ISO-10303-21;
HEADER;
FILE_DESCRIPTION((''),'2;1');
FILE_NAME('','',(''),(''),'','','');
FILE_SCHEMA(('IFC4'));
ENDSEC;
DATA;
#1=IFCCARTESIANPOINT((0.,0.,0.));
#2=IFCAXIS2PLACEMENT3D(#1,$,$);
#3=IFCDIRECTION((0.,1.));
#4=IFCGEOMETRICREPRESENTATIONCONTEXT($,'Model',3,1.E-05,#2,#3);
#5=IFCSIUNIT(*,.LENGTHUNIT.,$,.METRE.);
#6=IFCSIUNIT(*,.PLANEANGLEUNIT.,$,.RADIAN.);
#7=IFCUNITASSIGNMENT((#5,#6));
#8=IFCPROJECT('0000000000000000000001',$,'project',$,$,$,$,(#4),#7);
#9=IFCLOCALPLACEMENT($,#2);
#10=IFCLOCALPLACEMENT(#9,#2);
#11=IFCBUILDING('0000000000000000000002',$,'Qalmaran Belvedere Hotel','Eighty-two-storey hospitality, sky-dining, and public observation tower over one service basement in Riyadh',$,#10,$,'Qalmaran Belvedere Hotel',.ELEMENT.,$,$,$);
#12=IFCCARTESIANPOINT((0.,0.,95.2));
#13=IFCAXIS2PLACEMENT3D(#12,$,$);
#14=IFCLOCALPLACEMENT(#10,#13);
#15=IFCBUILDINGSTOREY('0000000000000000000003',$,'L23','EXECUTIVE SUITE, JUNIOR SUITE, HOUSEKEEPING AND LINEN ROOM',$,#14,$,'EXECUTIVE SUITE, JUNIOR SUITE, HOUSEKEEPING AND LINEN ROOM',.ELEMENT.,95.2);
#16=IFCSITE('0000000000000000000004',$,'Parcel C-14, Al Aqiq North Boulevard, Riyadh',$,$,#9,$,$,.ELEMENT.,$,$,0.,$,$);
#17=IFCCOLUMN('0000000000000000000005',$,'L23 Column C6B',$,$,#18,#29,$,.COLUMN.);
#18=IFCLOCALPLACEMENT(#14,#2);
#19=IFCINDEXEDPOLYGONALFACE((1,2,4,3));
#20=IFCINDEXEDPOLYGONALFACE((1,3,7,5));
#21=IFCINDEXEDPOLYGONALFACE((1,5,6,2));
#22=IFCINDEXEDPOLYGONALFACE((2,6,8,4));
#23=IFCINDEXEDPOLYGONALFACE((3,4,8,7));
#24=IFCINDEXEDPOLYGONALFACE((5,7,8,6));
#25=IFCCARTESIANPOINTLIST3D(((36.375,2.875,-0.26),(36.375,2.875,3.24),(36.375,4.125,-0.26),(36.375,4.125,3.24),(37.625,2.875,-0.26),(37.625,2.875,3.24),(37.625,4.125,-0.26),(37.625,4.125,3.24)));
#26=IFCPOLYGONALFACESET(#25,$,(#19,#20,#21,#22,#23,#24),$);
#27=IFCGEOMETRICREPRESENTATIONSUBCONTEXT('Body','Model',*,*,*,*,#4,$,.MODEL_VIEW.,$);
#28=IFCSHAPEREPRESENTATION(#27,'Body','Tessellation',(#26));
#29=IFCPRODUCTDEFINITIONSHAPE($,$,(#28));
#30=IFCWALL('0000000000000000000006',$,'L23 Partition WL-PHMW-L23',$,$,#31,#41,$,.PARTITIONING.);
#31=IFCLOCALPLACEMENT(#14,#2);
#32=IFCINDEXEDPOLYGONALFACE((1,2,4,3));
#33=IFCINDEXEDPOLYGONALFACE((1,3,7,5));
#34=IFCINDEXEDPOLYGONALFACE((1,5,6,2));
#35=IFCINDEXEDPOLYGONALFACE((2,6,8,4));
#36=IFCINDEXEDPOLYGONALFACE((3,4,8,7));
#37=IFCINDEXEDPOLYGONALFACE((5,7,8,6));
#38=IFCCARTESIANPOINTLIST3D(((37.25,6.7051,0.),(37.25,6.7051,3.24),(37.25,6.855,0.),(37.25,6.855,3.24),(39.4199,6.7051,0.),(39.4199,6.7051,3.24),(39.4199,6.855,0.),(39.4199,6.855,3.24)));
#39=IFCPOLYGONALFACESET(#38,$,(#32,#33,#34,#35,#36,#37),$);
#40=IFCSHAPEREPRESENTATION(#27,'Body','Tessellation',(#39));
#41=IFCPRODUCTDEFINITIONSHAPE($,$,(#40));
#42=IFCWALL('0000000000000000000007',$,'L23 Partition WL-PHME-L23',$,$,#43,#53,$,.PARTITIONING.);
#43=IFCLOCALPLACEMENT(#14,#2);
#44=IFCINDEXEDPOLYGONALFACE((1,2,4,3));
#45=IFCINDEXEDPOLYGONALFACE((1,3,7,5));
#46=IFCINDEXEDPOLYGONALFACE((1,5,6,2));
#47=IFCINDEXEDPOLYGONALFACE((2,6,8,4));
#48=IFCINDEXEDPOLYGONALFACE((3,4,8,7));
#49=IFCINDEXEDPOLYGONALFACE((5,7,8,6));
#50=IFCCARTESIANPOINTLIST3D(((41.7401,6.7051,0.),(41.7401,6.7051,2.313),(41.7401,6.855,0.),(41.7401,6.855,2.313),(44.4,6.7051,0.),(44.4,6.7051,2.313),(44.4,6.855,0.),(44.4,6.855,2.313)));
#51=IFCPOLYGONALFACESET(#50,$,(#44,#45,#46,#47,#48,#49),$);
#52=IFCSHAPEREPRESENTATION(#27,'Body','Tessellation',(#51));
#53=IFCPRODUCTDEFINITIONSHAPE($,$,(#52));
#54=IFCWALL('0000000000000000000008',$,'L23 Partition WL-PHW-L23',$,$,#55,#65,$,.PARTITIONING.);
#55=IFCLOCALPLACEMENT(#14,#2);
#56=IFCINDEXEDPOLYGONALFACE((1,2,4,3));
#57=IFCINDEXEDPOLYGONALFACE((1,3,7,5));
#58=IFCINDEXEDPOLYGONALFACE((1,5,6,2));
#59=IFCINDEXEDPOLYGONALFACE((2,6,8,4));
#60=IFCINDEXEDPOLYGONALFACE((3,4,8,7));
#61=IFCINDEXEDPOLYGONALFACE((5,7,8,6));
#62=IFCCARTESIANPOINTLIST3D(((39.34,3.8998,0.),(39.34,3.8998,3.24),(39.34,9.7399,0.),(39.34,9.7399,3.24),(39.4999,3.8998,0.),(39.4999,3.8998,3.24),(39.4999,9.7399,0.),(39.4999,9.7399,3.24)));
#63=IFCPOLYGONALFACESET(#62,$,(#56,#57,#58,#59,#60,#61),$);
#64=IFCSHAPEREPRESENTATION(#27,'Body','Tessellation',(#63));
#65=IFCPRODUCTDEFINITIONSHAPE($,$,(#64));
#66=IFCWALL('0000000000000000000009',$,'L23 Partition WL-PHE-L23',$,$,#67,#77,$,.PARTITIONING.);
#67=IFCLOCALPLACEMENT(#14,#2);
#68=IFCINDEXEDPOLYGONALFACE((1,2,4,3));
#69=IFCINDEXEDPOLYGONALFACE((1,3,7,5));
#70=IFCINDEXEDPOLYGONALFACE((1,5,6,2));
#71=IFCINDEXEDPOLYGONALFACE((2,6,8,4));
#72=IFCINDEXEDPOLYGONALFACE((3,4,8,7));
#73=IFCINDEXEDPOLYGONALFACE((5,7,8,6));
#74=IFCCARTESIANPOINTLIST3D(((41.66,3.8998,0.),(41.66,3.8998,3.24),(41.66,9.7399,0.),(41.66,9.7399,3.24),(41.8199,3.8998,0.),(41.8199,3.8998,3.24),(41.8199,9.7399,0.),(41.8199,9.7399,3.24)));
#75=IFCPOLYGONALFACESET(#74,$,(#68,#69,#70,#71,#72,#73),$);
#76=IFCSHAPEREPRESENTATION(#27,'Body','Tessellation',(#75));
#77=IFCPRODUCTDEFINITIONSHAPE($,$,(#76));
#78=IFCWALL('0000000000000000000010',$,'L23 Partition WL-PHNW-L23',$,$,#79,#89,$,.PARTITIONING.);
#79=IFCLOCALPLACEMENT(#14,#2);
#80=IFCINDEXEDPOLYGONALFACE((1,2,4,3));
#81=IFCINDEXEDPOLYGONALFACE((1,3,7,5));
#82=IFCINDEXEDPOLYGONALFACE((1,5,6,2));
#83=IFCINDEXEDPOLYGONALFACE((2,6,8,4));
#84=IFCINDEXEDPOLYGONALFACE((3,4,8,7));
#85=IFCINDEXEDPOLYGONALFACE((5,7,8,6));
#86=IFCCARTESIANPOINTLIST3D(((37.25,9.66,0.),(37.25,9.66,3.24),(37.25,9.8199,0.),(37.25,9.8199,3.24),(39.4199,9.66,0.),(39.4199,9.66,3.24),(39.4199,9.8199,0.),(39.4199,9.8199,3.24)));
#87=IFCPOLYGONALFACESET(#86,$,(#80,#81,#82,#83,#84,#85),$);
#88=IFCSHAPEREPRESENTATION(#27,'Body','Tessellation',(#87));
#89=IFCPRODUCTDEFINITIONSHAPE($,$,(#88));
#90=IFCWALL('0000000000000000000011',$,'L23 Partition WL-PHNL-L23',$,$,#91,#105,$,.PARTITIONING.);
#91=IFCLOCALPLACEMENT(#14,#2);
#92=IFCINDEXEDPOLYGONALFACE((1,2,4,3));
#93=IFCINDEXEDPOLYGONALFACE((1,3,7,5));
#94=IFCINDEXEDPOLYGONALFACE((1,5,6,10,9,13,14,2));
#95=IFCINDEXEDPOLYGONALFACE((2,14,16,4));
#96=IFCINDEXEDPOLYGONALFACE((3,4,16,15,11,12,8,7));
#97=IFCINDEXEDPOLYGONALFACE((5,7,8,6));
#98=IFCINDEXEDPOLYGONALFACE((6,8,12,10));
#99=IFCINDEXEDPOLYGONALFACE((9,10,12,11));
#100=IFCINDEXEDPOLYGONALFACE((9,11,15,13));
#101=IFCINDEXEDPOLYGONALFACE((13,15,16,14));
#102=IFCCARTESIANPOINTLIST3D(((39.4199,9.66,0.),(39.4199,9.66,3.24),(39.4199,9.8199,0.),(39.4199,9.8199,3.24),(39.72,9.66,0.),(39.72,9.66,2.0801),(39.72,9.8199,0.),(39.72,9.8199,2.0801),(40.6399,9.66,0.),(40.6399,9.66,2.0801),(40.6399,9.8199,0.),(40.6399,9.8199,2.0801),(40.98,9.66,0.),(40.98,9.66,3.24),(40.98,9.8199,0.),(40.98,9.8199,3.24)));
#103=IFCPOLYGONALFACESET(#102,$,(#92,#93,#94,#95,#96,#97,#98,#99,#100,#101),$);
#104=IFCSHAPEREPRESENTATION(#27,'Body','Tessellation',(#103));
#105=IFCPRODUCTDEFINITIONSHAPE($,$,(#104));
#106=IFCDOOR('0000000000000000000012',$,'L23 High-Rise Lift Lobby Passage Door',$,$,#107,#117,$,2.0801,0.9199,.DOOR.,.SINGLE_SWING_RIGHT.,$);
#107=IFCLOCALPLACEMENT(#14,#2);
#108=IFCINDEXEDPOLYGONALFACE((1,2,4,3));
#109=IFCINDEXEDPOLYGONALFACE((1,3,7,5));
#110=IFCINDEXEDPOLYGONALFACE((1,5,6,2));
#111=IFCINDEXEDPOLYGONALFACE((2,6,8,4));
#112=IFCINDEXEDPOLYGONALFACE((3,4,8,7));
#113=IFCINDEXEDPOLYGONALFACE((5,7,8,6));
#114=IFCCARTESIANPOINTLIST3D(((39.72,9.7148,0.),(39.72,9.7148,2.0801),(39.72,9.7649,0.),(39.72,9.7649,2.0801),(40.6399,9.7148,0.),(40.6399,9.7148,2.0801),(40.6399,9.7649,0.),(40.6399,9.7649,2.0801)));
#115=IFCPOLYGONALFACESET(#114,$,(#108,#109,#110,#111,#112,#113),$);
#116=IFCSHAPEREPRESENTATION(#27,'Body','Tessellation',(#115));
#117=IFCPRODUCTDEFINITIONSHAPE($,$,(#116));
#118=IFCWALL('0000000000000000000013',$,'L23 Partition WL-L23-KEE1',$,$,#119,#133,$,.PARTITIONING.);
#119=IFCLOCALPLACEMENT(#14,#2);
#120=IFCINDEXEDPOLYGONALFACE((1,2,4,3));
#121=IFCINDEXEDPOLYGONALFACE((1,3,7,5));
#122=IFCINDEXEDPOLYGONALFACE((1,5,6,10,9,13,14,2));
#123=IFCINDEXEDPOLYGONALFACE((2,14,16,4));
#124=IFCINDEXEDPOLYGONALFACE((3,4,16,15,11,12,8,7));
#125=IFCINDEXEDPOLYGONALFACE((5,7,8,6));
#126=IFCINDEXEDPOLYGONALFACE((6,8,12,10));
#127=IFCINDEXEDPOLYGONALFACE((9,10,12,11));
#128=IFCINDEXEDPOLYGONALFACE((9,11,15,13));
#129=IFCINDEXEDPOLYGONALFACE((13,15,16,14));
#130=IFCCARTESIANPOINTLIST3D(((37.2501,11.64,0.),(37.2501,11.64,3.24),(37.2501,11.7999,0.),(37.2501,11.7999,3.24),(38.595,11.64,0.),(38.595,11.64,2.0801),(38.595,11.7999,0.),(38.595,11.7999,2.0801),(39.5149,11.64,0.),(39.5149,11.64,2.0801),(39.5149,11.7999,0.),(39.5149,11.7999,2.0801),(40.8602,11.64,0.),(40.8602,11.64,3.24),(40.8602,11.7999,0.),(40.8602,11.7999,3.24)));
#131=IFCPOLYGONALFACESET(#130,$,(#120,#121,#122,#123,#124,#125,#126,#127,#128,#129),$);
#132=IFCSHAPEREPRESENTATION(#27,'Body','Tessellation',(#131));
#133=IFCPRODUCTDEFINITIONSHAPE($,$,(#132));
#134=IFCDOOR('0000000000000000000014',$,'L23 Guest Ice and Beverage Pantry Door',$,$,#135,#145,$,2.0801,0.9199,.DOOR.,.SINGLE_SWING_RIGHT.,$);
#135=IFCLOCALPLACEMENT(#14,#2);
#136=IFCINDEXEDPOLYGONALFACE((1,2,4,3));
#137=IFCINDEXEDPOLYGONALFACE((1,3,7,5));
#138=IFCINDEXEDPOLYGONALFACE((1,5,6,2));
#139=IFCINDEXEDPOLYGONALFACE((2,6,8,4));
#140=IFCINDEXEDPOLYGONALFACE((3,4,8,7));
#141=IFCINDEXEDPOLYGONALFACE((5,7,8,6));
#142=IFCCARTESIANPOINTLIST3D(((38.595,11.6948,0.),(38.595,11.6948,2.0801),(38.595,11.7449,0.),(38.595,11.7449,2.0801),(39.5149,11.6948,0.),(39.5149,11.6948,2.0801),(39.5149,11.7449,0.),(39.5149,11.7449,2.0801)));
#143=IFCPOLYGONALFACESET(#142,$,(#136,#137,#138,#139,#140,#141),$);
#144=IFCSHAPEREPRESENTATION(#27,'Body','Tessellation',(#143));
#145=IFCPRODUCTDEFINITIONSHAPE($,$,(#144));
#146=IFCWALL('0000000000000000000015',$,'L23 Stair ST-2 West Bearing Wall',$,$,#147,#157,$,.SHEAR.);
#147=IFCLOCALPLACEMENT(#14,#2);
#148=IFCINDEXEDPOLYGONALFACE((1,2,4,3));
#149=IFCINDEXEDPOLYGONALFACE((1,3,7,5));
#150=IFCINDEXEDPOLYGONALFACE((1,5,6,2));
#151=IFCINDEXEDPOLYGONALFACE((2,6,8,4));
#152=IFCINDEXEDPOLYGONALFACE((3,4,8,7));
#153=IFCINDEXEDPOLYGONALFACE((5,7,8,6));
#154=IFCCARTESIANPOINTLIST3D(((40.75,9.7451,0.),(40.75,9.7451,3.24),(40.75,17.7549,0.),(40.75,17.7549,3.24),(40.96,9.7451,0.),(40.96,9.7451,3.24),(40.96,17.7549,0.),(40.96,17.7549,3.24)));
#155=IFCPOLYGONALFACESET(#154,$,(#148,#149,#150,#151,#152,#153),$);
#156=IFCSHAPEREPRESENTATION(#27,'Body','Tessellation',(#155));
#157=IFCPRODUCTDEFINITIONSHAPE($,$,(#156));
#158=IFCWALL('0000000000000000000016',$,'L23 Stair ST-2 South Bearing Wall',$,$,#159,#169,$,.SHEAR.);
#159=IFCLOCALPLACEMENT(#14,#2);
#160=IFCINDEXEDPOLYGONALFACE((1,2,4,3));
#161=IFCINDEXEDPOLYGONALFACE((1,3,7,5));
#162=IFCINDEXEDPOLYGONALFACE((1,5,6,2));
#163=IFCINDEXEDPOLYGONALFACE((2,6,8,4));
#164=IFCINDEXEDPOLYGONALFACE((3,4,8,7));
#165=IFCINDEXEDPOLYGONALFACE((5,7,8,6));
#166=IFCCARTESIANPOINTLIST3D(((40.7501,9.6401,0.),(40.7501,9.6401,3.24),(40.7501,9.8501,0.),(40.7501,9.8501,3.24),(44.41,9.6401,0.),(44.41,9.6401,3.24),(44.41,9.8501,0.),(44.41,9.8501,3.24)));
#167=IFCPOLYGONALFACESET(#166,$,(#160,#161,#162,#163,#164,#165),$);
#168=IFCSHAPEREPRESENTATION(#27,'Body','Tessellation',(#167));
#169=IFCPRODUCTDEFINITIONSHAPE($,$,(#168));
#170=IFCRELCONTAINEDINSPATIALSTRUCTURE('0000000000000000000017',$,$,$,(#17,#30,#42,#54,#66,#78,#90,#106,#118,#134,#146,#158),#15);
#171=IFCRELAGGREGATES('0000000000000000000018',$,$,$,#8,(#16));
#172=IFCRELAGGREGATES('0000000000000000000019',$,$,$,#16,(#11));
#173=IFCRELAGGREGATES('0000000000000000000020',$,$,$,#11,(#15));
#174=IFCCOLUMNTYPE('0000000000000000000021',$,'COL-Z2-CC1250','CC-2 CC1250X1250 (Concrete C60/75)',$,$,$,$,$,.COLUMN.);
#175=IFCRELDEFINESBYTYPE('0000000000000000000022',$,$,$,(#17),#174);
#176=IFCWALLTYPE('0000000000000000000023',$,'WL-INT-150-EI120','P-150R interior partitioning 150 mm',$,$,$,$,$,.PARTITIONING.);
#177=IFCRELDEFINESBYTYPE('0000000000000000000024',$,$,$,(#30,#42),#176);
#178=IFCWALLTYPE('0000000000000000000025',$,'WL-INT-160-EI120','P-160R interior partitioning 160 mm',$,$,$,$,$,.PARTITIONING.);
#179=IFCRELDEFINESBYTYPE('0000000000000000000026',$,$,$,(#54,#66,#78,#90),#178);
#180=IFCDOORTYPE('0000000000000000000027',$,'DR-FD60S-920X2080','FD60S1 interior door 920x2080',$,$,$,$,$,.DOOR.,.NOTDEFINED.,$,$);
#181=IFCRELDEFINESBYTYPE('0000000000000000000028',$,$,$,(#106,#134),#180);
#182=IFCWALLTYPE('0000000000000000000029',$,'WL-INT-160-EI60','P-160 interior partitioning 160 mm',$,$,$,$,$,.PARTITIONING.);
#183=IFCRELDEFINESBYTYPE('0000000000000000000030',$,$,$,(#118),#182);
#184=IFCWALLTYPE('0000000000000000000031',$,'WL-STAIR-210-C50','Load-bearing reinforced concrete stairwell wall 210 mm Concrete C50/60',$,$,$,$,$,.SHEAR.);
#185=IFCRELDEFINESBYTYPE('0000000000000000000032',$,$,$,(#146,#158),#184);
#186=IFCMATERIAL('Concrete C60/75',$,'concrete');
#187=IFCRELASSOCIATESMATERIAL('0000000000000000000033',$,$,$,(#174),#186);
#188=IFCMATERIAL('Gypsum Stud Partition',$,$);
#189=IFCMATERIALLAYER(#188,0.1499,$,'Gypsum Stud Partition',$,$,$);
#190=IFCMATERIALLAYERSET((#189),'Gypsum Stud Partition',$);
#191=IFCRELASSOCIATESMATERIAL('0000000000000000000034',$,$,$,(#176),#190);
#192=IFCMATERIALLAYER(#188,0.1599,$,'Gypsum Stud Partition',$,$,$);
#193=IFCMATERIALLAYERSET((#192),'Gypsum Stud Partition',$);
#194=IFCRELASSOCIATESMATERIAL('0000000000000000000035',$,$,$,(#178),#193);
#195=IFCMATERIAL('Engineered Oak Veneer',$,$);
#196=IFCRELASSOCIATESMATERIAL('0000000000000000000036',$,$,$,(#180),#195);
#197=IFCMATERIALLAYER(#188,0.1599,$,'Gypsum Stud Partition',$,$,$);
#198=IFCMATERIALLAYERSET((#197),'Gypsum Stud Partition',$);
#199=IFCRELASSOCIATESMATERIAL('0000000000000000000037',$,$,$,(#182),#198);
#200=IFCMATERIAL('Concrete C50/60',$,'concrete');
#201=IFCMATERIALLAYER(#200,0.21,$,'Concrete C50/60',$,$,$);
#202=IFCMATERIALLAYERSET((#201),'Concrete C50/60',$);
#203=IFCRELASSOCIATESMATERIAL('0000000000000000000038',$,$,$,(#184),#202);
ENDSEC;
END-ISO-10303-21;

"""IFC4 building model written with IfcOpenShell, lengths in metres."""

from ifc_helpers import new_model, si_unit, direction, frame, frame_2d, origin, origin_2d, place, context, subcontext, project, spatial, rectangle, extrude, material, layer, layer_set, material_profile, profile_set, type_object, element, fill, save


model = new_model("IFC4")

# Units and contexts
model_context = context("Model", 3, precision=1e-05, world=origin(), true_north=direction((0.0, 1.0)))
body_context = subcontext(model_context, "Body", "Model", "MODEL_VIEW")
ifc_project = project(units=[si_unit("LENGTHUNIT", "METRE"), si_unit("PLANEANGLEUNIT", "RADIAN")], contexts=[model_context])

# Site, building, storey
site_placement = place(None, origin())
site = spatial("IfcSite", under=ifc_project, at=site_placement, Name="Parcel C-14, Al Aqiq North Boulevard, Riyadh", CompositionType="ELEMENT", RefElevation=0.0)
building_placement = place(site_placement, origin())
building = spatial("IfcBuilding", under=site, at=building_placement, Name="Qalmaran Belvedere Hotel", Description="Eighty-two-storey hospitality, sky-dining, and public observation tower over one service basement in Riyadh", LongName="Qalmaran Belvedere Hotel", CompositionType="ELEMENT")
storey_placement = place(building_placement, frame((0.0, 0.0, 95.2)))
storey = spatial("IfcBuildingStorey", under=building, at=storey_placement, Name="L23", Description="EXECUTIVE SUITE, JUNIOR SUITE, HOUSEKEEPING AND LINEN ROOM", LongName="EXECUTIVE SUITE, JUNIOR SUITE, HOUSEKEEPING AND LINEN ROOM", CompositionType="ELEMENT", Elevation=95.2)

# Column
ifc_material_1 = material(Name="Concrete C60/75", Category="concrete")
ifc_material_profile = material_profile(ifc_material_1, rectangle(XDim=1.25, YDim=1.25, at=origin_2d()), Name="CC1250X1250")
ifc_profile_set = profile_set([ifc_material_profile], Name="Concrete C60/75")
column_type = type_object("IfcColumnType", Name="COL-Z2-CC1250", Description="CC-2 CC1250X1250 (Concrete C60/75)", PredefinedType="COLUMN", material=ifc_profile_set)
column_placement = place(storey_placement, frame((37.0, 3.5, -0.26), z_axis=(0.0, 0.0, 1.0), x_axis=(1.0, 0.0, 0.0)))
element("IfcColumn", 1, at=column_placement, inside=storey, type_object=column_type, Name="L23 Column C6B", PredefinedType="COLUMN", context=body_context, shape_type="SweptSolid", body=[
    extrude(rectangle(XDim=1.25, YDim=1.25, at=origin_2d()), origin(), (0.0, 0.0, 1.0), 3.5),
])

# Walls
ifc_material_2 = material(Name="Gypsum Stud Partition")
ifc_layer_1 = layer(ifc_material_2, 0.1499, Name="Gypsum Stud Partition")
ifc_layer_set_1 = layer_set([ifc_layer_1], Name="Gypsum Stud Partition")
wall_type_1 = type_object("IfcWallType", Name="WL-INT-150-EI120", Description="P-150R interior partitioning 150 mm", PredefinedType="PARTITIONING", material=ifc_layer_set_1)
wall_1_placement = place(storey_placement, frame((37.25, 6.78, 0.0), z_axis=(0.0, 0.0, 1.0), x_axis=(1.0, 0.0, 0.0)))
element("IfcWall", 2, at=wall_1_placement, inside=storey, type_object=wall_type_1, Name="L23 Partition WL-PHMW-L23", PredefinedType="PARTITIONING", context=body_context, shape_type="SweptSolid", body=[
    extrude(rectangle(XDim=2.1699, YDim=0.1499, at=frame_2d((1.085, 0.0))), origin(), (0.0, 0.0, 1.0), 3.24),
])
wall_2_placement = place(storey_placement, frame((41.74, 6.78, 0.0), z_axis=(0.0, 0.0, 1.0), x_axis=(1.0, 0.0, 0.0)))
element("IfcWall", 3, at=wall_2_placement, inside=storey, type_object=wall_type_1, Name="L23 Partition WL-PHME-L23", PredefinedType="PARTITIONING", context=body_context, shape_type="SweptSolid", body=[
    extrude(rectangle(XDim=2.6599, YDim=0.1499, at=frame_2d((1.3301, 0.0))), origin(), (0.0, 0.0, 1.0), 2.313),
])
ifc_layer_2 = layer(ifc_material_2, 0.1599, Name="Gypsum Stud Partition")
ifc_layer_set_2 = layer_set([ifc_layer_2], Name="Gypsum Stud Partition")
wall_type_2 = type_object("IfcWallType", Name="WL-INT-160-EI120", Description="P-160R interior partitioning 160 mm", PredefinedType="PARTITIONING", material=ifc_layer_set_2)
for number, where, z_axis, x_axis, name in (
    (4, (39.4199, 3.8999, 0.0), (0.0, 0.0, 1.0), (0.0, 1.0, 0.0), "L23 Partition WL-PHW-L23"),
    (5, (41.74, 3.8999, 0.0), (0.0, 0.0, 1.0), (0.0, 1.0, 0.0), "L23 Partition WL-PHE-L23"),
):
    element("IfcWall", number, at=place(storey_placement, frame(where, z_axis=z_axis, x_axis=x_axis)), inside=storey, type_object=wall_type_2, Name=name, PredefinedType="PARTITIONING", context=body_context, shape_type="SweptSolid", body=[
        extrude(rectangle(XDim=5.8401, YDim=0.1599, at=frame_2d((2.9199, 0.0))), origin(), (0.0, 0.0, 1.0), 3.24),
    ])
wall_3_placement = place(storey_placement, frame((37.25, 9.74, 0.0), z_axis=(0.0, 0.0, 1.0), x_axis=(1.0, 0.0, 0.0)))
element("IfcWall", 6, at=wall_3_placement, inside=storey, type_object=wall_type_2, Name="L23 Partition WL-PHNW-L23", PredefinedType="PARTITIONING", context=body_context, shape_type="SweptSolid", body=[
    extrude(rectangle(XDim=2.1699, YDim=0.1599, at=frame_2d((1.085, 0.0))), origin(), (0.0, 0.0, 1.0), 3.24),
])

# Walls, openings, doors
wall_4_placement = place(storey_placement, frame((39.4199, 9.74, 0.0), z_axis=(0.0, 0.0, 1.0), x_axis=(1.0, 0.0, 0.0)))
wall_4 = element("IfcWall", 7, at=wall_4_placement, inside=storey, type_object=wall_type_2, Name="L23 Partition WL-PHNL-L23", PredefinedType="PARTITIONING", context=body_context, shape_type="SweptSolid", body=[
    extrude(rectangle(XDim=1.5601, YDim=0.1599, at=frame_2d((0.78, 0.0))), origin(), (0.0, 0.0, 1.0), 3.24),
])
opening_1_placement = place(wall_4_placement, frame((0.3, 0.0, 0.0)))
opening_1 = element("IfcOpeningElement", 8, at=opening_1_placement, cuts=wall_4, PredefinedType="OPENING", context=body_context, shape_type="SweptSolid", body=[
    extrude(rectangle(XDim=0.9199, YDim=2.0801, at=frame_2d((0.46, 1.04))), frame((0.0, 0.0898, 0.0), z_axis=(0.0, -1.0, 0.0), x_axis=(1.0, 0.0, 0.0)), (0.0, 0.0, 1.0), 0.1799),
])
ifc_material_3 = material(Name="Engineered Oak Veneer")
door_type = type_object("IfcDoorType", Name="DR-FD60S-920X2080", Description="FD60S1 interior door 920x2080", OperationType="NOTDEFINED", PredefinedType="DOOR", material=ifc_material_3)
door_1_placement = place(opening_1_placement, origin())
door_1 = element("IfcDoor", 9, at=door_1_placement, inside=storey, type_object=door_type, Name="L23 High-Rise Lift Lobby Passage Door", OperationType="SINGLE_SWING_RIGHT", OverallHeight=2.0801, OverallWidth=0.9199, PredefinedType="DOOR", context=body_context, shape_type="SweptSolid", body=[
    extrude(rectangle(XDim=0.9199, YDim=2.0801, at=frame_2d((0.46, 1.04))), frame((0.0, 0.0249, 0.0), z_axis=(0.0, -1.0, 0.0), x_axis=(1.0, 0.0, 0.0)), (0.0, 0.0, 1.0), 0.05),
])
fill(opening_1, door_1)
ifc_layer_3 = layer(ifc_material_2, 0.1599, Name="Gypsum Stud Partition")
ifc_layer_set_3 = layer_set([ifc_layer_3], Name="Gypsum Stud Partition")
wall_type_3 = type_object("IfcWallType", Name="WL-INT-160-EI60", Description="P-160 interior partitioning 160 mm", PredefinedType="PARTITIONING", material=ifc_layer_set_3)
wall_5_placement = place(storey_placement, frame((37.25, 11.72, 0.0), z_axis=(0.0, 0.0, 1.0), x_axis=(1.0, 0.0, 0.0)))
wall_5 = element("IfcWall", 10, at=wall_5_placement, inside=storey, type_object=wall_type_3, Name="L23 Partition WL-L23-KEE1", PredefinedType="PARTITIONING", context=body_context, shape_type="SweptSolid", body=[
    extrude(rectangle(XDim=3.6101, YDim=0.1599, at=frame_2d((1.8052, 0.0))), origin(), (0.0, 0.0, 1.0), 3.24),
])
opening_2_placement = place(wall_5_placement, frame((1.345, 0.0, 0.0)))
opening_2 = element("IfcOpeningElement", 11, at=opening_2_placement, cuts=wall_5, PredefinedType="OPENING", context=body_context, shape_type="SweptSolid", body=[
    extrude(rectangle(XDim=0.9199, YDim=2.0801, at=frame_2d((0.46, 1.04))), frame((0.0, 0.0898, 0.0), z_axis=(0.0, -1.0, 0.0), x_axis=(1.0, 0.0, 0.0)), (0.0, 0.0, 1.0), 0.1799),
])
door_2_placement = place(opening_2_placement, origin())
door_2 = element("IfcDoor", 12, at=door_2_placement, inside=storey, type_object=door_type, Name="L23 Guest Ice and Beverage Pantry Door", OperationType="SINGLE_SWING_RIGHT", OverallHeight=2.0801, OverallWidth=0.9199, PredefinedType="DOOR", context=body_context, shape_type="SweptSolid", body=[
    extrude(rectangle(XDim=0.9199, YDim=2.0801, at=frame_2d((0.46, 1.04))), frame((0.0, 0.0249, 0.0), z_axis=(0.0, -1.0, 0.0), x_axis=(1.0, 0.0, 0.0)), (0.0, 0.0, 1.0), 0.05),
])
fill(opening_2, door_2)

# Walls
ifc_material_4 = material(Name="Concrete C50/60", Category="concrete")
ifc_layer_4 = layer(ifc_material_4, 0.21, Name="Concrete C50/60")
ifc_layer_set_4 = layer_set([ifc_layer_4], Name="Concrete C50/60")
wall_type_4 = type_object("IfcWallType", Name="WL-STAIR-210-C50", Description="Load-bearing reinforced concrete stairwell wall 210 mm Concrete C50/60", PredefinedType="SHEAR", material=ifc_layer_set_4)
wall_6_placement = place(storey_placement, frame((40.855, 9.7451, 0.0), z_axis=(0.0, 0.0, 1.0), x_axis=(0.0, 1.0, 0.0)))
element("IfcWall", 13, at=wall_6_placement, inside=storey, type_object=wall_type_4, Name="L23 Stair ST-2 West Bearing Wall", PredefinedType="SHEAR", context=body_context, shape_type="SweptSolid", body=[
    extrude(rectangle(XDim=8.0098, YDim=0.21, at=frame_2d((4.0049, 0.0))), origin(), (0.0, 0.0, 1.0), 3.24),
])
wall_7_placement = place(storey_placement, frame((40.75, 9.7451, 0.0), z_axis=(0.0, 0.0, 1.0), x_axis=(1.0, 0.0, 0.0)))
element("IfcWall", 14, at=wall_7_placement, inside=storey, type_object=wall_type_4, Name="L23 Stair ST-2 South Bearing Wall", PredefinedType="SHEAR", context=body_context, shape_type="SweptSolid", body=[
    extrude(rectangle(XDim=3.6599, YDim=0.21, at=frame_2d((1.8301, 0.0))), origin(), (0.0, 0.0, 1.0), 3.24),
])

save(model, "model.ifc")
